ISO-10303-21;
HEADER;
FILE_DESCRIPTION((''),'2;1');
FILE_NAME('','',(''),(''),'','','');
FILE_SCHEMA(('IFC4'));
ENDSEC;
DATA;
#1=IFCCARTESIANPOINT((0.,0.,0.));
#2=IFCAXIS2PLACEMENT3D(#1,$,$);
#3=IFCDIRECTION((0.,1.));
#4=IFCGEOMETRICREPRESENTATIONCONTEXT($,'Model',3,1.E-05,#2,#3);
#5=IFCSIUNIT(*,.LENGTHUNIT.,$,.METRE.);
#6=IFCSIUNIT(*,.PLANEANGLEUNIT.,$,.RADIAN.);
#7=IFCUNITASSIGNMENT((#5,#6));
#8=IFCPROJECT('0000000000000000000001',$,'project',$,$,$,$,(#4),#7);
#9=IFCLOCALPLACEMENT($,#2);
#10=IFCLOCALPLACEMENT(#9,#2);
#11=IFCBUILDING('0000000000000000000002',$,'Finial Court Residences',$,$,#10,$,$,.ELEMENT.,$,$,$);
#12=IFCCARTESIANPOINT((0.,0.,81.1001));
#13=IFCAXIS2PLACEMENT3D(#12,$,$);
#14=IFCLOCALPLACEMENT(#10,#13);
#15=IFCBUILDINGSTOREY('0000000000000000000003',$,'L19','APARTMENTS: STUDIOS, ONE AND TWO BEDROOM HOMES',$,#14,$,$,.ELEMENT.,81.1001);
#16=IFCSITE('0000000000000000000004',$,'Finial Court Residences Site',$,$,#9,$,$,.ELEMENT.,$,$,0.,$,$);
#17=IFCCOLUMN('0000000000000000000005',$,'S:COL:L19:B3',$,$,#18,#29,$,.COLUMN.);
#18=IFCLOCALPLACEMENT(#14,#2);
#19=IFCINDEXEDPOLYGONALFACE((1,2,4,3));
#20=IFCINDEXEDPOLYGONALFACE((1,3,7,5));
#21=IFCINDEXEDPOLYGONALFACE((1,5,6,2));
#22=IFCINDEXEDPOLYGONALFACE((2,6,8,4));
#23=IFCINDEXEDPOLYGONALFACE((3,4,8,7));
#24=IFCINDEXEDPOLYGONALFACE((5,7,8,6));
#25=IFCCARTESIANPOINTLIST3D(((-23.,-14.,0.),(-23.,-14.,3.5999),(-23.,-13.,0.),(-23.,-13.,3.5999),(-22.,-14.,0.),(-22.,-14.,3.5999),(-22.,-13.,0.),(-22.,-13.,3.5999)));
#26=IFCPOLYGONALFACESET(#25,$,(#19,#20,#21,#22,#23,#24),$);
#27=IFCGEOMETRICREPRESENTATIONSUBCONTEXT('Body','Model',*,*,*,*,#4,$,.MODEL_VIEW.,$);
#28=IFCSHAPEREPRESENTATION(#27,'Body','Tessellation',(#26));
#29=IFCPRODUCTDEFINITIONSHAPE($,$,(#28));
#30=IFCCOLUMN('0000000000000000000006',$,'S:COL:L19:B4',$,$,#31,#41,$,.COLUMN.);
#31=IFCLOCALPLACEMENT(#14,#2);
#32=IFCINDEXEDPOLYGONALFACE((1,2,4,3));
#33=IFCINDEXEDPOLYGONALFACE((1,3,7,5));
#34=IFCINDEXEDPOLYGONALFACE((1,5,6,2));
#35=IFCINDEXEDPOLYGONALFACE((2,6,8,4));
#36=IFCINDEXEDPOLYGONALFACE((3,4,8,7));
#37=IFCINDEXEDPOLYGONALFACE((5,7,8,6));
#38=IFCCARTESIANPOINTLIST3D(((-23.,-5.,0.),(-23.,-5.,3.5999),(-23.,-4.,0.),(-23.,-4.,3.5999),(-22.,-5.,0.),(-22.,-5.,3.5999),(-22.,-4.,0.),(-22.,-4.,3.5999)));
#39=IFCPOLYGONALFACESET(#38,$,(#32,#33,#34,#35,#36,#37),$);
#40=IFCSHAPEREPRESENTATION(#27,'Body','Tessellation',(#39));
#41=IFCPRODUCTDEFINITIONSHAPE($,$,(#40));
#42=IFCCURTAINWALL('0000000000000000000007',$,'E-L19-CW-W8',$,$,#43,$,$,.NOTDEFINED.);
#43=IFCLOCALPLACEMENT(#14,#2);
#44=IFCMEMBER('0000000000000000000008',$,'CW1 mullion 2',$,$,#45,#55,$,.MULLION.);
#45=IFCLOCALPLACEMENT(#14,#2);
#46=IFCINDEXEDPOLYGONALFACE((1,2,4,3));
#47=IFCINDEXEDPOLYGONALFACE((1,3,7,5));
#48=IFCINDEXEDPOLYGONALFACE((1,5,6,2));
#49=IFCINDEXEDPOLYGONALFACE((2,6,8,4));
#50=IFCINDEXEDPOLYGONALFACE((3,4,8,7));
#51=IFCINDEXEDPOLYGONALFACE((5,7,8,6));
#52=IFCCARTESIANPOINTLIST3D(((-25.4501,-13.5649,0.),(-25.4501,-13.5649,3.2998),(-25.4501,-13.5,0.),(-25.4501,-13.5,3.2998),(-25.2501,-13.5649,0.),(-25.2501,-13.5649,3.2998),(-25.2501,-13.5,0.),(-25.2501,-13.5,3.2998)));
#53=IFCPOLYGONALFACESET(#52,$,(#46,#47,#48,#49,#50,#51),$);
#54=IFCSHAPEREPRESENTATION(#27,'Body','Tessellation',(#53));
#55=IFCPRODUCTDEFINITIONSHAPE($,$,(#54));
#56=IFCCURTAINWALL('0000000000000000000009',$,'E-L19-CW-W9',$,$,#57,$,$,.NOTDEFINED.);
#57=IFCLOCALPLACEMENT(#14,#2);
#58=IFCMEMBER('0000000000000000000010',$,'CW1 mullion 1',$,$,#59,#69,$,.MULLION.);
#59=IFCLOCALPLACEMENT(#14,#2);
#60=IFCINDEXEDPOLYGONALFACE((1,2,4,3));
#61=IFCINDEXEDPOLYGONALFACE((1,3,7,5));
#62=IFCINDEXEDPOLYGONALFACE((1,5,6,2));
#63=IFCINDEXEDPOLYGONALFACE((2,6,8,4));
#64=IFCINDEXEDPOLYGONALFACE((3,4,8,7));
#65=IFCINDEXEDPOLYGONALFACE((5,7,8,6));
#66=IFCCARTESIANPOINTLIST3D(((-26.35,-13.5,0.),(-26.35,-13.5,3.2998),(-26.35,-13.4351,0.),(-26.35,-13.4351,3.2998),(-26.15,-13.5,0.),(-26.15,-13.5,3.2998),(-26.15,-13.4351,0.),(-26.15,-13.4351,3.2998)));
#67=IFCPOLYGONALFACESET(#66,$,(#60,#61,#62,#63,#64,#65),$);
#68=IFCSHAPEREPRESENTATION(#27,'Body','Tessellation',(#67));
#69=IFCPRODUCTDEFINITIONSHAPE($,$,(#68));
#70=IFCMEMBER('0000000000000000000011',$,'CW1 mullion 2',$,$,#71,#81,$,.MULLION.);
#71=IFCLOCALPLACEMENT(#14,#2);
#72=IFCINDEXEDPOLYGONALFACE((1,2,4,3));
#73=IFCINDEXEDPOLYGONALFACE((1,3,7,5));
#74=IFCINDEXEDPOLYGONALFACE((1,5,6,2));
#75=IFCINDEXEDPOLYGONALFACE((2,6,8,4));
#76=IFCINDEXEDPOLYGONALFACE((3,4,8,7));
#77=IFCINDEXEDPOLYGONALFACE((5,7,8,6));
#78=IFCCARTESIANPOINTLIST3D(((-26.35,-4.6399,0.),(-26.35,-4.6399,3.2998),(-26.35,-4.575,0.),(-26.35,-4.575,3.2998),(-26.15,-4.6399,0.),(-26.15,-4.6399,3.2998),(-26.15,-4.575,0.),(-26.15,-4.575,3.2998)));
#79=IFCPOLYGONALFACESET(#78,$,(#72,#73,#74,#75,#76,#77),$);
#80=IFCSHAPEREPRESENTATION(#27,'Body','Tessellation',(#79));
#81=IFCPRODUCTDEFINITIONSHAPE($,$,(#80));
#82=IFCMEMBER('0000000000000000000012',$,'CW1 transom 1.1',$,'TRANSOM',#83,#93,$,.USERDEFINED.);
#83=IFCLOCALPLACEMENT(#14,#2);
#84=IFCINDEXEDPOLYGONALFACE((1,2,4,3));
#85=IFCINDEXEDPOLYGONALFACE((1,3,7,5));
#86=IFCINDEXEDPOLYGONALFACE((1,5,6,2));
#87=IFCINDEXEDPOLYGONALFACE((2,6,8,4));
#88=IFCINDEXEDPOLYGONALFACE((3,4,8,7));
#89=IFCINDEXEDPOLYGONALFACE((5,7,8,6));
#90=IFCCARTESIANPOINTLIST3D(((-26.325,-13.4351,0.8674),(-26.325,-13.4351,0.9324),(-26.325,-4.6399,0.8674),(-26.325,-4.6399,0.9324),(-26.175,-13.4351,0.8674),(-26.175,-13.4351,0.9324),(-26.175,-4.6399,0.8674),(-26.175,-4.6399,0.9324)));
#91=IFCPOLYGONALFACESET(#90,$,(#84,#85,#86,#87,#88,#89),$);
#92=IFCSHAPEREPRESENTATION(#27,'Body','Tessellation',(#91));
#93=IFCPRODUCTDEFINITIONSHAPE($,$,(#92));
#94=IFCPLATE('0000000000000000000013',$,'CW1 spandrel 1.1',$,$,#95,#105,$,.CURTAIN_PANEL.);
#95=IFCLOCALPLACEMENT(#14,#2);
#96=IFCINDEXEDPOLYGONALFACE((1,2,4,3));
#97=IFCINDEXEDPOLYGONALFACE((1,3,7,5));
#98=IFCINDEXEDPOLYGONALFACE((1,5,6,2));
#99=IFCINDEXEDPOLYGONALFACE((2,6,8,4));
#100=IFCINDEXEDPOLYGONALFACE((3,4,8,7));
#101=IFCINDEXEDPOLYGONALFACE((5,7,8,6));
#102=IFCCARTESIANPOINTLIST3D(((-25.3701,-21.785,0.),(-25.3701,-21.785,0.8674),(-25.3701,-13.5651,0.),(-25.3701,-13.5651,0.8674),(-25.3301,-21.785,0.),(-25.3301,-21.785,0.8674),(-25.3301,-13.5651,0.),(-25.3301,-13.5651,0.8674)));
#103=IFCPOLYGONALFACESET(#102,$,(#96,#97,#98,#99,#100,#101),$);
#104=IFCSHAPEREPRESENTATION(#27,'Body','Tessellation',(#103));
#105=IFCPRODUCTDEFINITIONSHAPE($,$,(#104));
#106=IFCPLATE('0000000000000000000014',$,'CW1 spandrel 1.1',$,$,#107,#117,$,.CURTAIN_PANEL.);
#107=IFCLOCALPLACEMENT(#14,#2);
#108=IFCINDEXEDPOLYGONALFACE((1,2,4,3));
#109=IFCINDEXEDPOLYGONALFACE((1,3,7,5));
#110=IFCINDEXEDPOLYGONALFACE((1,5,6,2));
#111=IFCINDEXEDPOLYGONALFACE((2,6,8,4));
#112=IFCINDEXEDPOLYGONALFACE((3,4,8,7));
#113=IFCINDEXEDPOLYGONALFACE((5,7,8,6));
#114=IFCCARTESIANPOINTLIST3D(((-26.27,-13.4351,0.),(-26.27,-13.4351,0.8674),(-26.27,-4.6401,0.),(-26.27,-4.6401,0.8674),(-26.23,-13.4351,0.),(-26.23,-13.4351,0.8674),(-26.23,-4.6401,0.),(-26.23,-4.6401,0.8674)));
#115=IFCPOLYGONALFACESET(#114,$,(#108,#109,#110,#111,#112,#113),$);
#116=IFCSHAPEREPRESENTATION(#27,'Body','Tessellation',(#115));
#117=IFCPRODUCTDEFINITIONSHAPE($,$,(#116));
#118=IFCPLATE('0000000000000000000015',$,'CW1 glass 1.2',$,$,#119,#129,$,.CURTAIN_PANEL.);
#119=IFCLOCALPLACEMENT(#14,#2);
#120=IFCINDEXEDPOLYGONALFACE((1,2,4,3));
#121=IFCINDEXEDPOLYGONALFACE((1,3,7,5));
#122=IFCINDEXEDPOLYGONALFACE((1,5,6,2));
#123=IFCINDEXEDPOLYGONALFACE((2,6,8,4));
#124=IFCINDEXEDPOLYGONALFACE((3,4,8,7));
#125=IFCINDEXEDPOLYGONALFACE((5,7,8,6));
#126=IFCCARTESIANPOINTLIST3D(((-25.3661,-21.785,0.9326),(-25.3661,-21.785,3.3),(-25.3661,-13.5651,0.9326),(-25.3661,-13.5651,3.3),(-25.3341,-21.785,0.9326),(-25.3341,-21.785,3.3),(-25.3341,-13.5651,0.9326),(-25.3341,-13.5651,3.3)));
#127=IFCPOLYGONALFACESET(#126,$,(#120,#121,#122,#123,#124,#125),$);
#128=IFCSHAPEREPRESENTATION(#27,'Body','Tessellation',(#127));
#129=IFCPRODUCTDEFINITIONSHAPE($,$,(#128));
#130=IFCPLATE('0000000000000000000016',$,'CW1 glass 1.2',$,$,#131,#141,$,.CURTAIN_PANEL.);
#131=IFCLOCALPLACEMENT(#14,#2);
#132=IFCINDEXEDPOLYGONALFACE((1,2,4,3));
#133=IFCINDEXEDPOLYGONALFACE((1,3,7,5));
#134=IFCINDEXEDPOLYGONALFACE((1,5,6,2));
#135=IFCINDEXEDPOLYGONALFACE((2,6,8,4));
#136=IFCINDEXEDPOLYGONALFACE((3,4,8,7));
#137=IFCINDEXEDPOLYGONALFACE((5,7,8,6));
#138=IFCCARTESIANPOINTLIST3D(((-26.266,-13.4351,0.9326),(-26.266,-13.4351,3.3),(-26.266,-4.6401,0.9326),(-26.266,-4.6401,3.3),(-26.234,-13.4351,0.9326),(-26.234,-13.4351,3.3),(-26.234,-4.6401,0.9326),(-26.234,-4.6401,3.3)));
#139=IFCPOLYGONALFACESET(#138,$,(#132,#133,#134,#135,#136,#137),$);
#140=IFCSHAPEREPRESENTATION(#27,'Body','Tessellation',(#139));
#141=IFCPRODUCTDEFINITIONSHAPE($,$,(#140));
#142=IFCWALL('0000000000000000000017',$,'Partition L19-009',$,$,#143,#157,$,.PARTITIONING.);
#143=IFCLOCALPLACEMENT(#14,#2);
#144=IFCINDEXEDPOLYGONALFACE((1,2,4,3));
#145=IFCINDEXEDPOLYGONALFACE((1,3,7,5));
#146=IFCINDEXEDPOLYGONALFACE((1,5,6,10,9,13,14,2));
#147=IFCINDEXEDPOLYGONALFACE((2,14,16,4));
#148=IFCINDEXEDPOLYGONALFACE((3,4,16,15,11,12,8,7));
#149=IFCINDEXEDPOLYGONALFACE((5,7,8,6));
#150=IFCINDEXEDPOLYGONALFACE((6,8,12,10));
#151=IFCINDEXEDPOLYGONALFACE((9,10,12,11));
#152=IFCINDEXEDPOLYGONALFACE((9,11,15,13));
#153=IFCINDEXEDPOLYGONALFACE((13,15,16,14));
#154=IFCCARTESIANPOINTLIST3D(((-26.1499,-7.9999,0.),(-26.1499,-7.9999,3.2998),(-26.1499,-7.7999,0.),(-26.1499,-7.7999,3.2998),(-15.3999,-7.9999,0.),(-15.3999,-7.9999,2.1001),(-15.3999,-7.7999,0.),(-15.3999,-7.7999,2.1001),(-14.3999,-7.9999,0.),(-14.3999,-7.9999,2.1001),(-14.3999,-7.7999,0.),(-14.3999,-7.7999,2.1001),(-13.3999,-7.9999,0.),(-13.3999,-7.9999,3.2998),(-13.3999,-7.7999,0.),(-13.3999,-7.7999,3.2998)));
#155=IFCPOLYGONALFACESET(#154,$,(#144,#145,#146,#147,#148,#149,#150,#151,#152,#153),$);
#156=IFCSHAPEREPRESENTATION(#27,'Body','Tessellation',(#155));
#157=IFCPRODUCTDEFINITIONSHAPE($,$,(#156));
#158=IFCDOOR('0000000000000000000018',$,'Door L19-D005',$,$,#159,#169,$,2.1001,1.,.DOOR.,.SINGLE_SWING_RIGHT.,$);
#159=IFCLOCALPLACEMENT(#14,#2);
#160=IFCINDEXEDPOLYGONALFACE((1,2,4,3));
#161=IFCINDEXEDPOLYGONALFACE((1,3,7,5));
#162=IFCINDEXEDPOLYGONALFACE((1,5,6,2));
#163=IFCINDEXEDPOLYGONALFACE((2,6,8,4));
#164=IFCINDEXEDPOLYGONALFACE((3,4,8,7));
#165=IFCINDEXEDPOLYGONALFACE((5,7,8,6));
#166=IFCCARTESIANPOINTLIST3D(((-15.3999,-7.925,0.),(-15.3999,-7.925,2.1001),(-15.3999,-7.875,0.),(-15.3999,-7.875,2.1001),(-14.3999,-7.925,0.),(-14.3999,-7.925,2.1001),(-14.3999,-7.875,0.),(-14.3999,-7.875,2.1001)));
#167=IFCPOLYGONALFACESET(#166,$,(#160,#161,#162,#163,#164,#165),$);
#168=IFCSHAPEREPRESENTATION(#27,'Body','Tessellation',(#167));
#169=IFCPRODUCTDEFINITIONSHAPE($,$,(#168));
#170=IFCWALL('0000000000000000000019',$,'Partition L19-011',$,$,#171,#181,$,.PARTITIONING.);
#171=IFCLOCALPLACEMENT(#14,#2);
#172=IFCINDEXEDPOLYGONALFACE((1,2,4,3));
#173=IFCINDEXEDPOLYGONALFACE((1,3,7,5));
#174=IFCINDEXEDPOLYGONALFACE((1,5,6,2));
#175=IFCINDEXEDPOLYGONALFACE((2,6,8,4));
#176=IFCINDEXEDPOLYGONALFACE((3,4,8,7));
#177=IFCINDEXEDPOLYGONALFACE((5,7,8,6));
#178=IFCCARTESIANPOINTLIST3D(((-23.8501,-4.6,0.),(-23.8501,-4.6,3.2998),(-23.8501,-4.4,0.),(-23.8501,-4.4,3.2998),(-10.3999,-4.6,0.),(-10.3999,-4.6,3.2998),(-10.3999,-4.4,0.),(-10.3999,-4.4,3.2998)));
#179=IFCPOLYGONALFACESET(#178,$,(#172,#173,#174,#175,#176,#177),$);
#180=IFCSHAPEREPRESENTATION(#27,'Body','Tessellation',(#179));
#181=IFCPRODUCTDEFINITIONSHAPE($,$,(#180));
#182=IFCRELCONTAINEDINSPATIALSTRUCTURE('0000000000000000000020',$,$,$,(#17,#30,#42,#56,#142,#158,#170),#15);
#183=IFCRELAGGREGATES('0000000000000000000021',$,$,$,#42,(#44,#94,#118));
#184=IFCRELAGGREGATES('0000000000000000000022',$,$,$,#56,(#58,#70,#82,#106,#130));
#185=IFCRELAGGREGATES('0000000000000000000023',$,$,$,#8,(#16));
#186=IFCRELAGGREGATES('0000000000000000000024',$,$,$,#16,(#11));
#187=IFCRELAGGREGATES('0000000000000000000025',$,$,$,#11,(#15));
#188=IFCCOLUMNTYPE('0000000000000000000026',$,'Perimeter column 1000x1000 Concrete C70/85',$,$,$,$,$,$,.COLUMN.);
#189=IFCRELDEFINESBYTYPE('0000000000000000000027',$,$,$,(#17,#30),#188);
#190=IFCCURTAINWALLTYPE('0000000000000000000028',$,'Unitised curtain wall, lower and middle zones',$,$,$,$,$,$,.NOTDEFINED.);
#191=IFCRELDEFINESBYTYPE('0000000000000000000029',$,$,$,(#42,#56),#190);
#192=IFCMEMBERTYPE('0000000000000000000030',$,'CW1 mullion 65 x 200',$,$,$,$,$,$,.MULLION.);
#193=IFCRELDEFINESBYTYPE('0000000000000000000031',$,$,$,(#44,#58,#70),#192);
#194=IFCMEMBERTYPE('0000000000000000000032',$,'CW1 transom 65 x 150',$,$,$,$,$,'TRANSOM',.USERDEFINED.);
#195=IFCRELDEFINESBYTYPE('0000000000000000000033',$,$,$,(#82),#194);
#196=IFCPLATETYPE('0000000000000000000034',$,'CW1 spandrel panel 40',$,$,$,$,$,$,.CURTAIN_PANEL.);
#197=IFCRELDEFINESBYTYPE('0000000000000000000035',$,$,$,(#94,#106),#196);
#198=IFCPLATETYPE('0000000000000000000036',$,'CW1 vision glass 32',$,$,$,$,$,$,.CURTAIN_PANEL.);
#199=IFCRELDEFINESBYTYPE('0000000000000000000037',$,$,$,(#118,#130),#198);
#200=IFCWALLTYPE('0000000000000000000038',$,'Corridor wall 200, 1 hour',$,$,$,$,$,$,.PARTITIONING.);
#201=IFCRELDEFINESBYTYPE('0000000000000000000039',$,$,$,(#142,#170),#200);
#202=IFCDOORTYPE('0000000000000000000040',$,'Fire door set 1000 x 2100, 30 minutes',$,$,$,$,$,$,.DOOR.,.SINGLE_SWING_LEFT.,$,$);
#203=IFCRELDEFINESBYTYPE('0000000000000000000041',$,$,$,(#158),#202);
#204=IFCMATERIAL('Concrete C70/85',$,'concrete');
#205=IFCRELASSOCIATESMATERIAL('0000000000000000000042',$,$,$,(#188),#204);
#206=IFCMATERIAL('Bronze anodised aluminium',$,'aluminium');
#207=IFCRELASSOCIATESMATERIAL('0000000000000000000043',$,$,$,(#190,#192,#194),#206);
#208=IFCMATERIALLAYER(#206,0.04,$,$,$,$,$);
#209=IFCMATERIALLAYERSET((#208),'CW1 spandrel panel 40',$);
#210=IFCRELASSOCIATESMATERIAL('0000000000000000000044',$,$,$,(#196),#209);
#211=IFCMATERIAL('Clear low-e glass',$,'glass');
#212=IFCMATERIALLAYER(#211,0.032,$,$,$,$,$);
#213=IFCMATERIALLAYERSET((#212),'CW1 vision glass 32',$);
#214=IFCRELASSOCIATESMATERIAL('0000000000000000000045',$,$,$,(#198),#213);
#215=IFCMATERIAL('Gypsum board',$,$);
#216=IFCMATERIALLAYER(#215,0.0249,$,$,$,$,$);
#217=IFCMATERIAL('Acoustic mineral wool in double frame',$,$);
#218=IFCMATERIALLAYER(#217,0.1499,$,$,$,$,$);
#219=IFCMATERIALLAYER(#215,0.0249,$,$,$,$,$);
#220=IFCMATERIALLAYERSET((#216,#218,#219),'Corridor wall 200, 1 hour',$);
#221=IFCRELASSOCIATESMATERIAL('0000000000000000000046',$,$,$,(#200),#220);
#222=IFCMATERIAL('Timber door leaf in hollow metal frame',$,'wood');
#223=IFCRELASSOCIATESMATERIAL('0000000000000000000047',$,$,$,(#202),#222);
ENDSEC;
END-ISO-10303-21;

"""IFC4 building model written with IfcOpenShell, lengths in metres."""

from ifc_helpers import new_model, si_unit, direction, frame, frame_2d, origin, origin_2d, place, context, subcontext, project, spatial, rectangle, extrude, material, layer, layer_set, material_profile, profile_set, type_object, element, fill, aggregate, save


model = new_model("IFC4")

# Units and contexts
model_context = context("Model", 3, precision=1e-05, world=origin(), true_north=direction((0.0, 1.0)))
body_context = subcontext(model_context, "Body", "Model", "MODEL_VIEW")
ifc_project = project(units=[si_unit("LENGTHUNIT", "METRE"), si_unit("PLANEANGLEUNIT", "RADIAN")], contexts=[model_context])

# Site, building, storey
site_placement = place(None, origin())
site = spatial("IfcSite", under=ifc_project, at=site_placement, Name="Finial Court Residences Site", CompositionType="ELEMENT", RefElevation=0.0)
building_placement = place(site_placement, origin())
building = spatial("IfcBuilding", under=site, at=building_placement, Name="Finial Court Residences", CompositionType="ELEMENT")
storey_placement = place(building_placement, frame((0.0, 0.0, 81.1001)))
storey = spatial("IfcBuildingStorey", under=building, at=storey_placement, Name="L19", Description="APARTMENTS: STUDIOS, ONE AND TWO BEDROOM HOMES", CompositionType="ELEMENT", Elevation=81.1001)

# Columns
ifc_material_1 = material(Name="Concrete C70/85", Category="concrete")
ifc_material_profile_1 = material_profile(ifc_material_1, rectangle(XDim=1.0, YDim=1.0, at=origin_2d()), Name="1000x1000")
ifc_profile_set_1 = profile_set([ifc_material_profile_1], Name="Concrete C70/85")
column_type = type_object("IfcColumnType", Name="Perimeter column 1000x1000 Concrete C70/85", PredefinedType="COLUMN", material=ifc_profile_set_1)
for number, where, z_axis, x_axis, name in (
    (1, (-22.5, -13.5, 0.0), (0.0, 0.0, 1.0), (1.0, 0.0, 0.0), "S:COL:L19:B3"),
    (2, (-22.5, -4.5, 0.0), (0.0, 0.0, 1.0), (1.0, 0.0, 0.0), "S:COL:L19:B4"),
):
    element("IfcColumn", number, at=place(storey_placement, frame(where, z_axis=z_axis, x_axis=x_axis)), inside=storey, type_object=column_type, Name=name, PredefinedType="COLUMN", context=body_context, shape_type="SweptSolid", body=[
        extrude(rectangle(XDim=1.0, YDim=1.0, at=origin_2d()), origin(), (0.0, 0.0, 1.0), 3.5999),
    ])

# Curtain wall, member
ifc_material_2 = material(Name="Bronze anodised aluminium", Category="aluminium")
curtain_wall_type = type_object("IfcCurtainWallType", Name="Unitised curtain wall, lower and middle zones", PredefinedType="NOTDEFINED", material=ifc_material_2)
curtain_wall_1_placement = place(storey_placement, origin())
curtain_wall_1 = element("IfcCurtainWall", 3, at=curtain_wall_1_placement, inside=storey, type_object=curtain_wall_type, Name="E-L19-CW-W8", PredefinedType="NOTDEFINED")
ifc_material_profile_2 = material_profile(ifc_material_2, rectangle(XDim=0.2, YDim=0.0649, at=origin_2d()), Name="CW1 mullion 65 x 200")
ifc_profile_set_2 = profile_set([ifc_material_profile_2], Name="Bronze anodised aluminium")
member_type_1 = type_object("IfcMemberType", Name="CW1 mullion 65 x 200", PredefinedType="MULLION", material=ifc_profile_set_2)
member_1_placement = place(storey_placement, frame((-25.3501, -13.5325, 0.0), z_axis=(0.0, 0.0, 1.0), x_axis=(-1.0, 0.0, 0.0)))
member_1 = element("IfcMember", 4, at=member_1_placement, type_object=member_type_1, Name="CW1 mullion 2", PredefinedType="MULLION", context=body_context, shape_type="SweptSolid", body=[
    extrude(rectangle(XDim=0.2, YDim=0.0649, at=origin_2d()), origin(), (0.0, 0.0, 1.0), 3.2998),
])

# Curtain wall, members
curtain_wall_2_placement = place(storey_placement, origin())
curtain_wall_2 = element("IfcCurtainWall", 5, at=curtain_wall_2_placement, inside=storey, type_object=curtain_wall_type, Name="E-L19-CW-W9", PredefinedType="NOTDEFINED")
member_2_placement = place(storey_placement, frame((-26.25, -13.4675, 0.0), z_axis=(0.0, 0.0, 1.0), x_axis=(-1.0, 0.0, 0.0)))
member_2 = element("IfcMember", 6, at=member_2_placement, type_object=member_type_1, Name="CW1 mullion 1", PredefinedType="MULLION", context=body_context, shape_type="SweptSolid", body=[
    extrude(rectangle(XDim=0.2, YDim=0.0649, at=origin_2d()), origin(), (0.0, 0.0, 1.0), 3.2998),
])
member_3_placement = place(storey_placement, frame((-26.25, -4.6074, 0.0), z_axis=(0.0, 0.0, 1.0), x_axis=(-1.0, 0.0, 0.0)))
member_3 = element("IfcMember", 7, at=member_3_placement, type_object=member_type_1, Name="CW1 mullion 2", PredefinedType="MULLION", context=body_context, shape_type="SweptSolid", body=[
    extrude(rectangle(XDim=0.2, YDim=0.0649, at=origin_2d()), origin(), (0.0, 0.0, 1.0), 3.2998),
])
ifc_material_profile_3 = material_profile(ifc_material_2, rectangle(XDim=0.1499, YDim=0.0649, at=origin_2d()), Name="CW1 transom 65 x 150")
ifc_profile_set_3 = profile_set([ifc_material_profile_3], Name="Bronze anodised aluminium")
member_type_2 = type_object("IfcMemberType", Name="CW1 transom 65 x 150", ElementType="TRANSOM", PredefinedType="USERDEFINED", material=ifc_profile_set_3)
member_4_placement = place(storey_placement, frame((-26.25, -13.4351, 0.8999), z_axis=(0.0, 1.0, 0.0), x_axis=(-1.0, 0.0, 0.0)))
member_4 = element("IfcMember", 8, at=member_4_placement, type_object=member_type_2, Name="CW1 transom 1.1", ObjectType="TRANSOM", PredefinedType="USERDEFINED", context=body_context, shape_type="SweptSolid", body=[
    extrude(rectangle(XDim=0.1499, YDim=0.0649, at=origin_2d()), origin(), (0.0, 0.0, 1.0), 8.7952),
])

# Plates
ifc_layer_1 = layer(ifc_material_2, 0.04)
ifc_layer_set_1 = layer_set([ifc_layer_1], Name="CW1 spandrel panel 40")
plate_type_1 = type_object("IfcPlateType", Name="CW1 spandrel panel 40", PredefinedType="CURTAIN_PANEL", material=ifc_layer_set_1)
plate_1_placement = place(storey_placement, frame((-25.3501, -17.675, 0.0), z_axis=(0.0, 0.0, 1.0), x_axis=(0.0, 1.0, 0.0)))
plate_1 = element("IfcPlate", 9, at=plate_1_placement, type_object=plate_type_1, Name="CW1 spandrel 1.1", PredefinedType="CURTAIN_PANEL", context=body_context, shape_type="SweptSolid", body=[
    extrude(rectangle(XDim=8.22, YDim=0.04, at=origin_2d()), origin(), (0.0, 0.0, 1.0), 0.8674),
])
plate_2_placement = place(storey_placement, frame((-26.25, -9.0376, 0.0), z_axis=(0.0, 0.0, 1.0), x_axis=(0.0, 1.0, 0.0)))
plate_2 = element("IfcPlate", 10, at=plate_2_placement, type_object=plate_type_1, Name="CW1 spandrel 1.1", PredefinedType="CURTAIN_PANEL", context=body_context, shape_type="SweptSolid", body=[
    extrude(rectangle(XDim=8.7949, YDim=0.04, at=origin_2d()), origin(), (0.0, 0.0, 1.0), 0.8674),
])
ifc_material_3 = material(Name="Clear low-e glass", Category="glass")
ifc_layer_2 = layer(ifc_material_3, 0.032)
ifc_layer_set_2 = layer_set([ifc_layer_2], Name="CW1 vision glass 32")
plate_type_2 = type_object("IfcPlateType", Name="CW1 vision glass 32", PredefinedType="CURTAIN_PANEL", material=ifc_layer_set_2)
plate_3_placement = place(storey_placement, frame((-25.3501, -17.675, 0.9326), z_axis=(0.0, 0.0, 1.0), x_axis=(0.0, 1.0, 0.0)))
plate_3 = element("IfcPlate", 11, at=plate_3_placement, type_object=plate_type_2, Name="CW1 glass 1.2", PredefinedType="CURTAIN_PANEL", context=body_context, shape_type="SweptSolid", body=[
    extrude(rectangle(XDim=8.22, YDim=0.032, at=origin_2d()), origin(), (0.0, 0.0, 1.0), 2.3674),
])
aggregate(curtain_wall_1, [member_1, plate_1, plate_3])
plate_4_placement = place(storey_placement, frame((-26.25, -9.0376, 0.9326), z_axis=(0.0, 0.0, 1.0), x_axis=(0.0, 1.0, 0.0)))
plate_4 = element("IfcPlate", 12, at=plate_4_placement, type_object=plate_type_2, Name="CW1 glass 1.2", PredefinedType="CURTAIN_PANEL", context=body_context, shape_type="SweptSolid", body=[
    extrude(rectangle(XDim=8.7949, YDim=0.032, at=origin_2d()), origin(), (0.0, 0.0, 1.0), 2.3674),
])
aggregate(curtain_wall_2, [member_2, member_3, member_4, plate_2, plate_4])

# Wall, opening, door
ifc_material_4 = material(Name="Gypsum board")
ifc_layer_3 = layer(ifc_material_4, 0.0249)
ifc_material_5 = material(Name="Acoustic mineral wool in double frame")
ifc_layer_4 = layer(ifc_material_5, 0.1499)
ifc_layer_5 = layer(ifc_material_4, 0.0249)
ifc_layer_set_3 = layer_set([ifc_layer_3, ifc_layer_4, ifc_layer_5], Name="Corridor wall 200, 1 hour")
wall_type_1 = type_object("IfcWallType", Name="Corridor wall 200, 1 hour", PredefinedType="PARTITIONING", material=ifc_layer_set_3)
wall_1_placement = place(storey_placement, frame((-26.1499, -7.8999, 0.0), z_axis=(0.0, 0.0, 1.0), x_axis=(1.0, 0.0, 0.0)))
wall_1 = element("IfcWall", 13, at=wall_1_placement, inside=storey, type_object=wall_type_1, Name="Partition L19-009", PredefinedType="PARTITIONING", context=body_context, shape_type="SweptSolid", body=[
    extrude(rectangle(XDim=12.75, YDim=0.2, at=frame_2d((6.375, 0.0))), origin(), (0.0, 0.0, 1.0), 3.2998),
])
opening_1_placement = place(wall_1_placement, frame((10.75, 0.0, 0.0)))
opening_1 = element("IfcOpeningElement", 14, at=opening_1_placement, cuts=wall_1, PredefinedType="OPENING", context=body_context, shape_type="SweptSolid", body=[
    extrude(rectangle(XDim=1.0, YDim=2.1001, at=frame_2d((0.5, 1.05))), frame((0.0, 0.1099, 0.0), z_axis=(0.0, -1.0, 0.0), x_axis=(1.0, 0.0, 0.0)), (0.0, 0.0, 1.0), 0.22),
])
ifc_material_6 = material(Name="Timber door leaf in hollow metal frame", Category="wood")
door_type_1 = type_object("IfcDoorType", Name="Fire door set 1000 x 2100, 30 minutes", OperationType="SINGLE_SWING_LEFT", PredefinedType="DOOR", material=ifc_material_6)
door_1_placement = place(opening_1_placement, origin())
door_1 = element("IfcDoor", 15, at=door_1_placement, inside=storey, type_object=door_type_1, Name="Door L19-D005", OperationType="SINGLE_SWING_RIGHT", OverallHeight=2.1001, OverallWidth=1.0, PredefinedType="DOOR", context=body_context, shape_type="SweptSolid", body=[
    extrude(rectangle(XDim=1.0, YDim=2.1001, at=frame_2d((0.5, 1.05))), frame((0.0, 0.0249, 0.0), z_axis=(0.0, -1.0, 0.0), x_axis=(1.0, 0.0, 0.0)), (0.0, 0.0, 1.0), 0.05),
])
fill(opening_1, door_1)

# Wall
wall_2_placement = place(storey_placement, frame((-23.8501, -4.5, 0.0), z_axis=(0.0, 0.0, 1.0), x_axis=(1.0, 0.0, 0.0)))
element("IfcWall", 16, at=wall_2_placement, inside=storey, type_object=wall_type_1, Name="Partition L19-011", PredefinedType="PARTITIONING", context=body_context, shape_type="SweptSolid", body=[
    extrude(rectangle(XDim=13.4502, YDim=0.2, at=frame_2d((6.7251, 0.0))), origin(), (0.0, 0.0, 1.0), 3.2998),
])

save(model, "model.ifc")
